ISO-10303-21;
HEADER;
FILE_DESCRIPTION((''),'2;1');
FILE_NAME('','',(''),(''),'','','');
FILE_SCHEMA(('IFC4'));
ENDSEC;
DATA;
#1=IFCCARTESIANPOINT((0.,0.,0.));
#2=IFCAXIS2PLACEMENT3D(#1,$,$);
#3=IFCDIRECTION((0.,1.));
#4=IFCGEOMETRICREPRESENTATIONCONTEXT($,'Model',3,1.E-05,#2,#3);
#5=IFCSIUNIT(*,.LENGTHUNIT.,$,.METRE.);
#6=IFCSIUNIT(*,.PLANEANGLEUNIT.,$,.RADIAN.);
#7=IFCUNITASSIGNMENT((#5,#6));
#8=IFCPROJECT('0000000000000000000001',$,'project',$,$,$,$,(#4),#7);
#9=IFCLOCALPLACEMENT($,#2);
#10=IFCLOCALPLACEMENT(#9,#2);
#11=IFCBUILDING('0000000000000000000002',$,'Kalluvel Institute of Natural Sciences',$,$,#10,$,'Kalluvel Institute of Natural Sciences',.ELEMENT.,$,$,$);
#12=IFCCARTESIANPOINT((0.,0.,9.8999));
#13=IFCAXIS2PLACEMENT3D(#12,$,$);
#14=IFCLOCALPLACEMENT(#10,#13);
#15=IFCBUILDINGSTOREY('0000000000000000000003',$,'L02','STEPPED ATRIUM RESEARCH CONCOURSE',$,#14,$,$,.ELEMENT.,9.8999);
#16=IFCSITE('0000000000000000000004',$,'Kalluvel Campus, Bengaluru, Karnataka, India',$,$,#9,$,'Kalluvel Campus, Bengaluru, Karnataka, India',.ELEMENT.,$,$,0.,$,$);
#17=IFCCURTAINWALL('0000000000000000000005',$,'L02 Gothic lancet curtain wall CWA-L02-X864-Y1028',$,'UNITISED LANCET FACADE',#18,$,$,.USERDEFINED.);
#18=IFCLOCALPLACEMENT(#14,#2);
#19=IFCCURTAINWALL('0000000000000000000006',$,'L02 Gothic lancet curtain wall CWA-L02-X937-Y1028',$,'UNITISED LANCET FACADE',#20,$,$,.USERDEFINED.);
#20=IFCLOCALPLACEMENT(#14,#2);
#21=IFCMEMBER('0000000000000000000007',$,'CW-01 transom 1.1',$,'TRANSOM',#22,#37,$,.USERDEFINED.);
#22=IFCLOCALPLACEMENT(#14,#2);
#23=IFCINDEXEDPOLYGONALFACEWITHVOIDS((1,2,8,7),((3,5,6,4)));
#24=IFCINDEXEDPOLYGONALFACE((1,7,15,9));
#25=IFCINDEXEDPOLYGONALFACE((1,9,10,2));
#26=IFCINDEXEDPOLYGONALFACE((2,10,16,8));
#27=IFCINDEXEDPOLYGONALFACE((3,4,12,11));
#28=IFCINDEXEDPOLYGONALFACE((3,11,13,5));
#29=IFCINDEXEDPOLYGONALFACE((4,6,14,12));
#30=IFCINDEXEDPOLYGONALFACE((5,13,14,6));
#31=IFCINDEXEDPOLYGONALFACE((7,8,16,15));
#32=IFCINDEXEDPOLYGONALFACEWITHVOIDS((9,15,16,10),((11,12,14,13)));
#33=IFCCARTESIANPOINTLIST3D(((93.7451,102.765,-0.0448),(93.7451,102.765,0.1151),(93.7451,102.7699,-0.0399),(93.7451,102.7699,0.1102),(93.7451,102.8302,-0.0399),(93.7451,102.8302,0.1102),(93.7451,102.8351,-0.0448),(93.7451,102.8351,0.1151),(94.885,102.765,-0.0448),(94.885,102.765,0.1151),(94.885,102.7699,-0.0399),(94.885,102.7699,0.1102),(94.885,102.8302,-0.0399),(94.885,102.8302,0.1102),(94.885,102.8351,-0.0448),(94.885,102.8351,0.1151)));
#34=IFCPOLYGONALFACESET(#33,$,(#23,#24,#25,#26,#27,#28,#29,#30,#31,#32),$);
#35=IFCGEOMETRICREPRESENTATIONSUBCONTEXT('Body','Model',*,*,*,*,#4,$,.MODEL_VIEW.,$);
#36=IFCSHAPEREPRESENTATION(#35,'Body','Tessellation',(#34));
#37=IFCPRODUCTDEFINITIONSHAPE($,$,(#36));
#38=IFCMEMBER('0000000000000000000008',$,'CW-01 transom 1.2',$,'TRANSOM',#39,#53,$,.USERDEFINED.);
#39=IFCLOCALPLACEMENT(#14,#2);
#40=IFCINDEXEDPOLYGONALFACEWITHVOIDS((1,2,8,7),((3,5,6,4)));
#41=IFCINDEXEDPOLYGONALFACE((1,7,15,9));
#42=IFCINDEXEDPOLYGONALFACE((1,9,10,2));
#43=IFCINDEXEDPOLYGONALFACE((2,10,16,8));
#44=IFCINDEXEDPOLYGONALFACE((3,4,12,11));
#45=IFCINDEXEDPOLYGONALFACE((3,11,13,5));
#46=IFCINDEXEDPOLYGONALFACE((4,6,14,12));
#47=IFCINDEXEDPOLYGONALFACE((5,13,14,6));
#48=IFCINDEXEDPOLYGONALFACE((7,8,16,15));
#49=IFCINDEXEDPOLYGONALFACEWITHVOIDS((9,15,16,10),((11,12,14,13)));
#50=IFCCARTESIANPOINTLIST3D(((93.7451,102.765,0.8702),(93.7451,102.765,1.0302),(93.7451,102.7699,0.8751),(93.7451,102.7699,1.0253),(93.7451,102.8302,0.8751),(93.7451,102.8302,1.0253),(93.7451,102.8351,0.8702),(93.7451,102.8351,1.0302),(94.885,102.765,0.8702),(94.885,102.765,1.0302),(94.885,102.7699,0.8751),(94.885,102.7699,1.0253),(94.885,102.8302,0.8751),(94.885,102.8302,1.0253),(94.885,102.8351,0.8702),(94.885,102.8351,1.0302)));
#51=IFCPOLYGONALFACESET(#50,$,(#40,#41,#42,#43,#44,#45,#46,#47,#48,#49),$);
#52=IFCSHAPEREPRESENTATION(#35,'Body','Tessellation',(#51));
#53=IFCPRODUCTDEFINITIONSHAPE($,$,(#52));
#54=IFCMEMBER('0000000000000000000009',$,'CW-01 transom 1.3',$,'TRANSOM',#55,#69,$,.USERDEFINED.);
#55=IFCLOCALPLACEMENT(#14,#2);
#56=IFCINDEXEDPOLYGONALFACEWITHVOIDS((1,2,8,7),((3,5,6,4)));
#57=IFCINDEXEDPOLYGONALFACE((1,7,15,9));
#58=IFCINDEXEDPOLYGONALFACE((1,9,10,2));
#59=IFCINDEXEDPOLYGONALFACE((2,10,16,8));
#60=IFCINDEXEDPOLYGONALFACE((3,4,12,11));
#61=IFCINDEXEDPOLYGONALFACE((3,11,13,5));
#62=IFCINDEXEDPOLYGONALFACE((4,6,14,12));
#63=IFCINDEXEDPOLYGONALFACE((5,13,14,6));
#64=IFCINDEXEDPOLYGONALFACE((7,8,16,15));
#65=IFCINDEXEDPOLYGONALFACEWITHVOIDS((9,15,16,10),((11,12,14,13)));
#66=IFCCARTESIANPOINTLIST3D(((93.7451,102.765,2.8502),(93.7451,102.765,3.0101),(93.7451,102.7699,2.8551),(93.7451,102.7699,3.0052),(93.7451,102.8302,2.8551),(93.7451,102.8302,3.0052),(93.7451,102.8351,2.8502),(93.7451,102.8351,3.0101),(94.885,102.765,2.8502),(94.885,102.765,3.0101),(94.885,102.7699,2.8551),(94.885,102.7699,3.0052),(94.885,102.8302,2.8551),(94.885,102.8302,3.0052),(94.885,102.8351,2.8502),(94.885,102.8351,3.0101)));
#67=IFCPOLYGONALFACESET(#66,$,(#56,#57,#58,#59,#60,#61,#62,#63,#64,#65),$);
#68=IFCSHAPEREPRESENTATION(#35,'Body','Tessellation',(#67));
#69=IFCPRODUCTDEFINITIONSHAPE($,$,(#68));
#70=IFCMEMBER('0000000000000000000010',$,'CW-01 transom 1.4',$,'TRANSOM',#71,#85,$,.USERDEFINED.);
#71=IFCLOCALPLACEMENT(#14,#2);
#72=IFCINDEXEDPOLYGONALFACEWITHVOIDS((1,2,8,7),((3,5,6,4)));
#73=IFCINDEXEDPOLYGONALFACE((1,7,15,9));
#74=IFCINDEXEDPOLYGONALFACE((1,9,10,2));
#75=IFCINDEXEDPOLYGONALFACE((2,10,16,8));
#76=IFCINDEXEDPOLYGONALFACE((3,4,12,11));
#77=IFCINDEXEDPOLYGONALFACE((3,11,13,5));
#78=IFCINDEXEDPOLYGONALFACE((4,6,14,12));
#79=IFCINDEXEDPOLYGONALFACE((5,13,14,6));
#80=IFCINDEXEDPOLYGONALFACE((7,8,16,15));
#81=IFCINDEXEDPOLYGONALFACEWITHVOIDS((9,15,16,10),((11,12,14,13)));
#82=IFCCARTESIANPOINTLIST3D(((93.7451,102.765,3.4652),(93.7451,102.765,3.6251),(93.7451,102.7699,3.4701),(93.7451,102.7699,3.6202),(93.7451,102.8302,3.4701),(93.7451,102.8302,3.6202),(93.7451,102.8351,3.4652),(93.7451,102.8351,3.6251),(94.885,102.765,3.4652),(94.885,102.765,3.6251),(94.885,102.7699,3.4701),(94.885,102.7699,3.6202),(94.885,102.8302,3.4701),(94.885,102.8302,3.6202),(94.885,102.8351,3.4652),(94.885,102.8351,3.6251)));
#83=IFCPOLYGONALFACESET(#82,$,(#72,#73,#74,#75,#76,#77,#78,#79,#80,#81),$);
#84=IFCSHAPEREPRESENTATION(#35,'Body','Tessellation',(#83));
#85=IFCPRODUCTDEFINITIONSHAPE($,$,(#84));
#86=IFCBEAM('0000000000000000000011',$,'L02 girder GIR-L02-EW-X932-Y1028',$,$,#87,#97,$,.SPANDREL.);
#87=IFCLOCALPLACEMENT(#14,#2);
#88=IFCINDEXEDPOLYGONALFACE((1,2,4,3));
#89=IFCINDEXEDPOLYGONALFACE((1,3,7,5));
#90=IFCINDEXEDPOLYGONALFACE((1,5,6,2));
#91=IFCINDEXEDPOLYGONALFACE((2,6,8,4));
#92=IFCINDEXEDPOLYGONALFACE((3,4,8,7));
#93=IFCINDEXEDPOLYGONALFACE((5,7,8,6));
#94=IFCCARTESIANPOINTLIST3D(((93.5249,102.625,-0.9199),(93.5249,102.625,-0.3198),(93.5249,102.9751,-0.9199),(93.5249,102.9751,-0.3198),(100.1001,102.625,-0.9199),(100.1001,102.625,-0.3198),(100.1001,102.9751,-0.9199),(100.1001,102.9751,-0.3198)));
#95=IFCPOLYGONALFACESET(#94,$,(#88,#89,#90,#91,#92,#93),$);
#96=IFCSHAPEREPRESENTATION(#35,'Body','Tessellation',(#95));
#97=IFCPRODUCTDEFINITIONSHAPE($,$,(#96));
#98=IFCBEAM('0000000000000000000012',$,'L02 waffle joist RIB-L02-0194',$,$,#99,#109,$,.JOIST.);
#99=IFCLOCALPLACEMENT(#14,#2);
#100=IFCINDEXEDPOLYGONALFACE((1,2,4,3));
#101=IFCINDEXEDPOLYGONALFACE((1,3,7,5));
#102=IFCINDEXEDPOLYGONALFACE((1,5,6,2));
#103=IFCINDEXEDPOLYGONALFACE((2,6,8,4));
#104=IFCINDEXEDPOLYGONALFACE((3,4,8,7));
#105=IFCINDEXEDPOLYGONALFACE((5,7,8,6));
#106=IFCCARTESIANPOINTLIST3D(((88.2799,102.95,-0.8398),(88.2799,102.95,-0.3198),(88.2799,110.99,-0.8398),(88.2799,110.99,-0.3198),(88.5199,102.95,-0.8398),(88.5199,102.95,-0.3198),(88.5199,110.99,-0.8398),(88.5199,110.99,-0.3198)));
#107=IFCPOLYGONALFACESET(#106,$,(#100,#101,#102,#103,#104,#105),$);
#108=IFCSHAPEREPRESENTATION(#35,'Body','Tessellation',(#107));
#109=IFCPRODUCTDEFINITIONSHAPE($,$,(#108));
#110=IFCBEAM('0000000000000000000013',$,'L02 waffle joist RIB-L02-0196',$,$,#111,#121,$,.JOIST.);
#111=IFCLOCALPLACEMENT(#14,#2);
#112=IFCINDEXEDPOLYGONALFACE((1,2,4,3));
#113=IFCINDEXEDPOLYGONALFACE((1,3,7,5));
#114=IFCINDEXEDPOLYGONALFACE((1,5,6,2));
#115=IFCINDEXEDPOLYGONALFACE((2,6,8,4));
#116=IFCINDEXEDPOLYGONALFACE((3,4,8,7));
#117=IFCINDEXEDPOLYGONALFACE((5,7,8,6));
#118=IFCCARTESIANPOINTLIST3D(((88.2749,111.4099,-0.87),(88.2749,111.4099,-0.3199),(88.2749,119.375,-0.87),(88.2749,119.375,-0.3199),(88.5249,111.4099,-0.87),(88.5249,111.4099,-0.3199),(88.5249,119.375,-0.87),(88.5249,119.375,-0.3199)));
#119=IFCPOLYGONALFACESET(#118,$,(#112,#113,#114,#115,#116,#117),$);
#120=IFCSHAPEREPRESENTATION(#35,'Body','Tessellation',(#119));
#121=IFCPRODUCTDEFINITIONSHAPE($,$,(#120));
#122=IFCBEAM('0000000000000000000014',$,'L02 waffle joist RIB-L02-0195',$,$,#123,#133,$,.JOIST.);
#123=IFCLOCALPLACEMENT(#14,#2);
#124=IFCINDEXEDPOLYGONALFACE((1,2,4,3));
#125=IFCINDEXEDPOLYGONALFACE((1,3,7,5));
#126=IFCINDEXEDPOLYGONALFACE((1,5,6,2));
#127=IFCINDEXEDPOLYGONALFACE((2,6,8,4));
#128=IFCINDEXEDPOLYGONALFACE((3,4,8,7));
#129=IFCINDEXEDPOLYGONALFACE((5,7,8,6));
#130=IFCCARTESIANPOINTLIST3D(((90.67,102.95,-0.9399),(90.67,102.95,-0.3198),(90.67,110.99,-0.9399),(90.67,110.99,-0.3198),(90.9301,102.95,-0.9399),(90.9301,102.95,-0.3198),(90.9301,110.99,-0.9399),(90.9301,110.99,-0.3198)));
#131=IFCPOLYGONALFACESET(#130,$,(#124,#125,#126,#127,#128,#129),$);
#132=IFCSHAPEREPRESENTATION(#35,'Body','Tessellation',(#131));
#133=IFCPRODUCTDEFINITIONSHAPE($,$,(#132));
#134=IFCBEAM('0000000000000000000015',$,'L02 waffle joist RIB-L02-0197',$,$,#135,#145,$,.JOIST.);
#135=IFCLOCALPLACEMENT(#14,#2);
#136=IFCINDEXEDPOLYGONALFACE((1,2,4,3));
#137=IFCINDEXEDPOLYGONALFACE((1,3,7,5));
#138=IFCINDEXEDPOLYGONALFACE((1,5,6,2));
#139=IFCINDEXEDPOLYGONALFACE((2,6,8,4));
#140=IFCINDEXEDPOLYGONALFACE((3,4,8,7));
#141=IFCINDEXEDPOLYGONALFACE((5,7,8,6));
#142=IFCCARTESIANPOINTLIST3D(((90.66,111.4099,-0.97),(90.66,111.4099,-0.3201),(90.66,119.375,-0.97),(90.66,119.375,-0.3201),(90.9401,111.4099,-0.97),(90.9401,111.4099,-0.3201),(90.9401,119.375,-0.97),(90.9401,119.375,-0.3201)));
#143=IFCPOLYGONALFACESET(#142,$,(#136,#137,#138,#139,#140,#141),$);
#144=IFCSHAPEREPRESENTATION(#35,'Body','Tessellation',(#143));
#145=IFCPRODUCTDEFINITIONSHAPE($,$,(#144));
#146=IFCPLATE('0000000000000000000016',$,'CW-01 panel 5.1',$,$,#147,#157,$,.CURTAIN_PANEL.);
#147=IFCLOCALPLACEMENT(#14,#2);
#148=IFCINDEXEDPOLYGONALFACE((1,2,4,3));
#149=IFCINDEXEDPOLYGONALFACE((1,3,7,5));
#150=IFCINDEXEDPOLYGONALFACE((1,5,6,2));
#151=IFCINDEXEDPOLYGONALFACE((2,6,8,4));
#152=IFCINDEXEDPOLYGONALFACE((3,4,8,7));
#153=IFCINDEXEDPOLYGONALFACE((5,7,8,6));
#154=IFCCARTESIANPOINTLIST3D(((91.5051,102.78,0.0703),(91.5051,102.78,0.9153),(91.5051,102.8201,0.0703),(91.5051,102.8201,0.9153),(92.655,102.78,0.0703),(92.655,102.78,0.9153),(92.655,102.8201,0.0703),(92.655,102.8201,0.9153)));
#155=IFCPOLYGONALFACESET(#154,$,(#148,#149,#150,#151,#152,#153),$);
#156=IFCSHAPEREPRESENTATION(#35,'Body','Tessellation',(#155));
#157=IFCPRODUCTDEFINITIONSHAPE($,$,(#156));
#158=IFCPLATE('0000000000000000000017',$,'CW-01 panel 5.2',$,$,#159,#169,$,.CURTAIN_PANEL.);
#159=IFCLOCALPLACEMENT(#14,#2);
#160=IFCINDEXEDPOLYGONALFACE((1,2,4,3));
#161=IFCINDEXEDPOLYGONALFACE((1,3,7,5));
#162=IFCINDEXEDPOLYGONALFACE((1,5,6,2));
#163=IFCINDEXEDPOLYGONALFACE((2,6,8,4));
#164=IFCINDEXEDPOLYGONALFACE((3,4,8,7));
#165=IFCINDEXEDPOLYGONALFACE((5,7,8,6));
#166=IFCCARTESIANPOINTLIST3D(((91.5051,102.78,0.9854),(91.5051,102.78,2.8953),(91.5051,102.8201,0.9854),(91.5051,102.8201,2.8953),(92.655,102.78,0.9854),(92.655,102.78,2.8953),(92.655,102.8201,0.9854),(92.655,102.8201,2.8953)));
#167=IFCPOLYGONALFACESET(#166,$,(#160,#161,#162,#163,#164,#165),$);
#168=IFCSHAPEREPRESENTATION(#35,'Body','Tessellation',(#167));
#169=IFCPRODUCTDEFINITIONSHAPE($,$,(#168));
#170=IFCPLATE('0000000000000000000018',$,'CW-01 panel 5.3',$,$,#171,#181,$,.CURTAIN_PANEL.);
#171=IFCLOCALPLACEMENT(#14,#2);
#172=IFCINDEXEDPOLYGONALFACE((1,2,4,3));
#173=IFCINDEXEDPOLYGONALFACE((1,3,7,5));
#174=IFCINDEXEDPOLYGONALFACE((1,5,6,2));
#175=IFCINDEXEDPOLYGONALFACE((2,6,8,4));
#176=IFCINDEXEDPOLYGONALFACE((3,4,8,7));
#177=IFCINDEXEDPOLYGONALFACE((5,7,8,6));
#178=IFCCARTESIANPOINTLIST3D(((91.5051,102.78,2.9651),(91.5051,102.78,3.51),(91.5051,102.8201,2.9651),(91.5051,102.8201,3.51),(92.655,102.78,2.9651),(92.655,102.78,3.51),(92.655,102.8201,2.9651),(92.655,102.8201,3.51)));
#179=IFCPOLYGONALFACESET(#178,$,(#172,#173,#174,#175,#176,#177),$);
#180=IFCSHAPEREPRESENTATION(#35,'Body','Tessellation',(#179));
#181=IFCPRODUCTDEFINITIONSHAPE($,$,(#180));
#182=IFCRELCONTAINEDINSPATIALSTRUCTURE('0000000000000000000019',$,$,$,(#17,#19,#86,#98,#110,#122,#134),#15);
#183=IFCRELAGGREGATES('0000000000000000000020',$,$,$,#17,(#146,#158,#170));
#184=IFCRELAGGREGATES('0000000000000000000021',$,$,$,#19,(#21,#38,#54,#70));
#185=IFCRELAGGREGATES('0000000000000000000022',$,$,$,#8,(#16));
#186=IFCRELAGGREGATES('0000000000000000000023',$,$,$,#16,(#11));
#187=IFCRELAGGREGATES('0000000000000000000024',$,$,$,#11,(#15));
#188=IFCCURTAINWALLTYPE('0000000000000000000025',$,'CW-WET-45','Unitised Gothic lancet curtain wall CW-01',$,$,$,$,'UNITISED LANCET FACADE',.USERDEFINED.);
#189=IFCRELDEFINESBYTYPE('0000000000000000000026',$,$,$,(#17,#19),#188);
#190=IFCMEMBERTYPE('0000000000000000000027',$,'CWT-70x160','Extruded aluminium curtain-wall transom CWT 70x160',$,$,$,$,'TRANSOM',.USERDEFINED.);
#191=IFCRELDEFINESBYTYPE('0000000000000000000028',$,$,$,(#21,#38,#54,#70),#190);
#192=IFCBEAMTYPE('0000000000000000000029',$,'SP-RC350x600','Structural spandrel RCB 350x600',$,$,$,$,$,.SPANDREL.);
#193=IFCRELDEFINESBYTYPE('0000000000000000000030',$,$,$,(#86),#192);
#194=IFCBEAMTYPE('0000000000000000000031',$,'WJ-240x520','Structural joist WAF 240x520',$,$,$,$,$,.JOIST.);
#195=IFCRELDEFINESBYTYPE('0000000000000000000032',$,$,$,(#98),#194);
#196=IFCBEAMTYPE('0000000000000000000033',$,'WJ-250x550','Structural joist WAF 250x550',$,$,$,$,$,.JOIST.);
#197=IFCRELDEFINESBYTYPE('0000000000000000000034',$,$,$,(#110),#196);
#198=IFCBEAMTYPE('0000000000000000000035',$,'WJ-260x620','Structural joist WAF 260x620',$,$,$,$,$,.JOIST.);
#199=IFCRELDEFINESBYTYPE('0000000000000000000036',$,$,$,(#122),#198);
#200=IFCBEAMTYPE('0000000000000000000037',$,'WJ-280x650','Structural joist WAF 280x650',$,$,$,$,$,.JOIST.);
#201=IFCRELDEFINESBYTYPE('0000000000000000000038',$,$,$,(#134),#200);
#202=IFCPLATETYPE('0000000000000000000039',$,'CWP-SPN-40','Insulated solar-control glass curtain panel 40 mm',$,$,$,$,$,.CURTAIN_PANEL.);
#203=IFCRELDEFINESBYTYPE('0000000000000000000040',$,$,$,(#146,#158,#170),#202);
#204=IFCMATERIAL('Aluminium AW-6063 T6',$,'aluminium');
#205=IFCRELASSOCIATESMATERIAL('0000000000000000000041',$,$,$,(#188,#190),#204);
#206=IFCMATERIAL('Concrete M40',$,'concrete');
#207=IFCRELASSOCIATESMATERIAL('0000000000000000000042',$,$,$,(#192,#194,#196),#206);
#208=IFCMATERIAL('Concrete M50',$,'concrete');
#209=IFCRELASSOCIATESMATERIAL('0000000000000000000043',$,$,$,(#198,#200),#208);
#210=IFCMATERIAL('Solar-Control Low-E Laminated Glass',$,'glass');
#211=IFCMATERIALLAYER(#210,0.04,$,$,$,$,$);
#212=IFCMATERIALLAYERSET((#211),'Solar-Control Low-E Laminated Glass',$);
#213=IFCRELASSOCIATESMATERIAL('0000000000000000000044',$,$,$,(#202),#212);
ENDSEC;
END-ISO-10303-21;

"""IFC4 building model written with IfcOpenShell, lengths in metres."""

from ifc_helpers import new_model, si_unit, direction, frame, origin, origin_2d, place, context, subcontext, project, spatial, rectangle, hollow_rectangle, extrude, material, layer, layer_set, material_profile, profile_set, type_object, element, aggregate, save


model = new_model("IFC4")

# Units and contexts
model_context = context("Model", 3, precision=1e-05, world=origin(), true_north=direction((0.0, 1.0)))
body_context = subcontext(model_context, "Body", "Model", "MODEL_VIEW")
ifc_project = project(units=[si_unit("LENGTHUNIT", "METRE"), si_unit("PLANEANGLEUNIT", "RADIAN")], contexts=[model_context])

# Site, building, storey
site_placement = place(None, origin())
site = spatial("IfcSite", under=ifc_project, at=site_placement, Name="Kalluvel Campus, Bengaluru, Karnataka, India", LongName="Kalluvel Campus, Bengaluru, Karnataka, India", CompositionType="ELEMENT", RefElevation=0.0)
building_placement = place(site_placement, origin())
building = spatial("IfcBuilding", under=site, at=building_placement, Name="Kalluvel Institute of Natural Sciences", LongName="Kalluvel Institute of Natural Sciences", CompositionType="ELEMENT")
storey_placement = place(building_placement, frame((0.0, 0.0, 9.8999)))
storey = spatial("IfcBuildingStorey", under=building, at=storey_placement, Name="L02", Description="STEPPED ATRIUM RESEARCH CONCOURSE", CompositionType="ELEMENT", Elevation=9.8999)

# Shared definitions
ifc_material_1 = material(Name="Concrete M50", Category="concrete")

# Shared definitions
ifc_material_2 = material(Name="Concrete M40", Category="concrete")

# Curtain wall
ifc_material_3 = material(Name="Aluminium AW-6063 T6", Category="aluminium")
curtain_wall_type = type_object("IfcCurtainWallType", Name="CW-WET-45", Description="Unitised Gothic lancet curtain wall CW-01", ElementType="UNITISED LANCET FACADE", PredefinedType="USERDEFINED", material=ifc_material_3)
curtain_wall_1_placement = place(storey_placement, origin())
curtain_wall_1 = element("IfcCurtainWall", 1, at=curtain_wall_1_placement, inside=storey, type_object=curtain_wall_type, Name="L02 Gothic lancet curtain wall CWA-L02-X864-Y1028", ObjectType="UNITISED LANCET FACADE", PredefinedType="USERDEFINED")

# Curtain wall
curtain_wall_2_placement = place(storey_placement, origin())
curtain_wall_2 = element("IfcCurtainWall", 2, at=curtain_wall_2_placement, inside=storey, type_object=curtain_wall_type, Name="L02 Gothic lancet curtain wall CWA-L02-X937-Y1028", ObjectType="UNITISED LANCET FACADE", PredefinedType="USERDEFINED")

# Members
ifc_material_profile_1 = material_profile(ifc_material_3, hollow_rectangle(XDim=0.0701, YDim=0.1599, WallThickness=0.0049, at=origin_2d()), Name="CWT 70x160")
ifc_profile_set_1 = profile_set([ifc_material_profile_1], Name="Aluminium AW-6063 T6")
member_type_1 = type_object("IfcMemberType", Name="CWT-70x160", Description="Extruded aluminium curtain-wall transom CWT 70x160", ElementType="TRANSOM", PredefinedType="USERDEFINED", material=ifc_profile_set_1)
member_1_placement = place(storey_placement, frame((93.7451, 102.8, 0.0352), z_axis=(1.0, 0.0, 0.0), x_axis=(0.0, 1.0, 0.0)))
member_1 = element("IfcMember", 3, at=member_1_placement, type_object=member_type_1, Name="CW-01 transom 1.1", ObjectType="TRANSOM", PredefinedType="USERDEFINED", context=body_context, shape_type="SweptSolid", body=[
    extrude(hollow_rectangle(XDim=0.0701, YDim=0.1599, WallThickness=0.0049, at=origin_2d()), origin(), (0.0, 0.0, 1.0), 1.1399),
])
member_2_placement = place(storey_placement, frame((93.7451, 102.8, 0.9502), z_axis=(1.0, 0.0, 0.0), x_axis=(0.0, 1.0, 0.0)))
member_2 = element("IfcMember", 4, at=member_2_placement, type_object=member_type_1, Name="CW-01 transom 1.2", ObjectType="TRANSOM", PredefinedType="USERDEFINED", context=body_context, shape_type="SweptSolid", body=[
    extrude(hollow_rectangle(XDim=0.0701, YDim=0.1599, WallThickness=0.0049, at=origin_2d()), origin(), (0.0, 0.0, 1.0), 1.1399),
])
member_3_placement = place(storey_placement, frame((93.7451, 102.8, 2.9302), z_axis=(1.0, 0.0, 0.0), x_axis=(0.0, 1.0, 0.0)))
member_3 = element("IfcMember", 5, at=member_3_placement, type_object=member_type_1, Name="CW-01 transom 1.3", ObjectType="TRANSOM", PredefinedType="USERDEFINED", context=body_context, shape_type="SweptSolid", body=[
    extrude(hollow_rectangle(XDim=0.0701, YDim=0.1599, WallThickness=0.0049, at=origin_2d()), origin(), (0.0, 0.0, 1.0), 1.1399),
])
member_4_placement = place(storey_placement, frame((93.7451, 102.8, 3.5452), z_axis=(1.0, 0.0, 0.0), x_axis=(0.0, 1.0, 0.0)))
member_4 = element("IfcMember", 6, at=member_4_placement, type_object=member_type_1, Name="CW-01 transom 1.4", ObjectType="TRANSOM", PredefinedType="USERDEFINED", context=body_context, shape_type="SweptSolid", body=[
    extrude(hollow_rectangle(XDim=0.0701, YDim=0.1599, WallThickness=0.0049, at=origin_2d()), origin(), (0.0, 0.0, 1.0), 1.1399),
])

# Beams
ifc_material_profile_2 = material_profile(ifc_material_2, rectangle(XDim=0.3501, YDim=0.6001, at=origin_2d()), Name="RCB 350x600")
ifc_profile_set_2 = profile_set([ifc_material_profile_2], Name="Concrete M40")
beam_type_1 = type_object("IfcBeamType", Name="SP-RC350x600", Description="Structural spandrel RCB 350x600", PredefinedType="SPANDREL", material=ifc_profile_set_2)
beam_1_placement = place(storey_placement, frame((93.5249, 102.8, -0.6199), z_axis=(1.0, 0.0, 0.0), x_axis=(0.0, 1.0, 0.0)))
element("IfcBeam", 7, at=beam_1_placement, inside=storey, type_object=beam_type_1, Name="L02 girder GIR-L02-EW-X932-Y1028", PredefinedType="SPANDREL", context=body_context, shape_type="SweptSolid", body=[
    extrude(rectangle(XDim=0.3501, YDim=0.6001, at=origin_2d()), origin(), (0.0, 0.0, 1.0), 6.5752),
])
ifc_material_profile_3 = material_profile(ifc_material_2, rectangle(XDim=0.24, YDim=0.52, at=origin_2d()), Name="WAF 240x520")
ifc_profile_set_3 = profile_set([ifc_material_profile_3], Name="Concrete M40")
beam_type_2 = type_object("IfcBeamType", Name="WJ-240x520", Description="Structural joist WAF 240x520", PredefinedType="JOIST", material=ifc_profile_set_3)
beam_2_placement = place(storey_placement, frame((88.3999, 102.95, -0.5798), z_axis=(0.0, 1.0, 0.0), x_axis=(-1.0, 0.0, 0.0)))
element("IfcBeam", 8, at=beam_2_placement, inside=storey, type_object=beam_type_2, Name="L02 waffle joist RIB-L02-0194", PredefinedType="JOIST", context=body_context, shape_type="SweptSolid", body=[
    extrude(rectangle(XDim=0.24, YDim=0.52, at=origin_2d()), origin(), (0.0, 0.0, 1.0), 8.04),
])
ifc_material_profile_4 = material_profile(ifc_material_2, rectangle(XDim=0.25, YDim=0.55, at=origin_2d()), Name="WAF 250x550")
ifc_profile_set_4 = profile_set([ifc_material_profile_4], Name="Concrete M40")
beam_type_3 = type_object("IfcBeamType", Name="WJ-250x550", Description="Structural joist WAF 250x550", PredefinedType="JOIST", material=ifc_profile_set_4)
beam_3_placement = place(storey_placement, frame((88.3999, 111.4099, -0.595), z_axis=(0.0, 1.0, 0.0), x_axis=(-1.0, 0.0, 0.0)))
element("IfcBeam", 9, at=beam_3_placement, inside=storey, type_object=beam_type_3, Name="L02 waffle joist RIB-L02-0196", PredefinedType="JOIST", context=body_context, shape_type="SweptSolid", body=[
    extrude(rectangle(XDim=0.25, YDim=0.55, at=origin_2d()), origin(), (0.0, 0.0, 1.0), 7.9651),
])
ifc_material_profile_5 = material_profile(ifc_material_1, rectangle(XDim=0.26, YDim=0.6201, at=origin_2d()), Name="WAF 260x620")
ifc_profile_set_5 = profile_set([ifc_material_profile_5], Name="Concrete M50")
beam_type_4 = type_object("IfcBeamType", Name="WJ-260x620", Description="Structural joist WAF 260x620", PredefinedType="JOIST", material=ifc_profile_set_5)
beam_4_placement = place(storey_placement, frame((90.8, 102.95, -0.6299), z_axis=(0.0, 1.0, 0.0), x_axis=(-1.0, 0.0, 0.0)))
element("IfcBeam", 10, at=beam_4_placement, inside=storey, type_object=beam_type_4, Name="L02 waffle joist RIB-L02-0195", PredefinedType="JOIST", context=body_context, shape_type="SweptSolid", body=[
    extrude(rectangle(XDim=0.26, YDim=0.6201, at=origin_2d()), origin(), (0.0, 0.0, 1.0), 8.04),
])
ifc_material_profile_6 = material_profile(ifc_material_1, rectangle(XDim=0.28, YDim=0.6499, at=origin_2d()), Name="WAF 280x650")
ifc_profile_set_6 = profile_set([ifc_material_profile_6], Name="Concrete M50")
beam_type_5 = type_object("IfcBeamType", Name="WJ-280x650", Description="Structural joist WAF 280x650", PredefinedType="JOIST", material=ifc_profile_set_6)
beam_5_placement = place(storey_placement, frame((90.8, 111.4099, -0.645), z_axis=(0.0, 1.0, 0.0), x_axis=(-1.0, 0.0, 0.0)))
element("IfcBeam", 11, at=beam_5_placement, inside=storey, type_object=beam_type_5, Name="L02 waffle joist RIB-L02-0197", PredefinedType="JOIST", context=body_context, shape_type="SweptSolid", body=[
    extrude(rectangle(XDim=0.28, YDim=0.6499, at=origin_2d()), origin(), (0.0, 0.0, 1.0), 7.9651),
])

# Plates
ifc_material_4 = material(Name="Solar-Control Low-E Laminated Glass", Category="glass")
ifc_layer_1 = layer(ifc_material_4, 0.04)
ifc_layer_set_1 = layer_set([ifc_layer_1], Name="Solar-Control Low-E Laminated Glass")
plate_type = type_object("IfcPlateType", Name="CWP-SPN-40", Description="Insulated solar-control glass curtain panel 40 mm", PredefinedType="CURTAIN_PANEL", material=ifc_layer_set_1)
plate_1_placement = place(storey_placement, frame((92.0801, 102.8, 0.0703), z_axis=(0.0, 0.0, 1.0), x_axis=(1.0, 0.0, 0.0)))
plate_1 = element("IfcPlate", 12, at=plate_1_placement, type_object=plate_type, Name="CW-01 panel 5.1", PredefinedType="CURTAIN_PANEL", context=body_context, shape_type="SweptSolid", body=[
    extrude(rectangle(XDim=1.1499, YDim=0.04, at=origin_2d()), origin(), (0.0, 0.0, 1.0), 0.845),
])
plate_2_placement = place(storey_placement, frame((92.0801, 102.8, 0.9854), z_axis=(0.0, 0.0, 1.0), x_axis=(1.0, 0.0, 0.0)))
plate_2 = element("IfcPlate", 13, at=plate_2_placement, type_object=plate_type, Name="CW-01 panel 5.2", PredefinedType="CURTAIN_PANEL", context=body_context, shape_type="SweptSolid", body=[
    extrude(rectangle(XDim=1.1499, YDim=0.04, at=origin_2d()), origin(), (0.0, 0.0, 1.0), 1.9099),
])
plate_3_placement = place(storey_placement, frame((92.0801, 102.8, 2.9651), z_axis=(0.0, 0.0, 1.0), x_axis=(1.0, 0.0, 0.0)))
plate_3 = element("IfcPlate", 14, at=plate_3_placement, type_object=plate_type, Name="CW-01 panel 5.3", PredefinedType="CURTAIN_PANEL", context=body_context, shape_type="SweptSolid", body=[
    extrude(rectangle(XDim=1.1499, YDim=0.04, at=origin_2d()), origin(), (0.0, 0.0, 1.0), 0.5449),
])
aggregate(curtain_wall_1, [plate_1, plate_2, plate_3])
aggregate(curtain_wall_2, [member_1, member_2, member_3, member_4])

save(model, "model.ifc")
